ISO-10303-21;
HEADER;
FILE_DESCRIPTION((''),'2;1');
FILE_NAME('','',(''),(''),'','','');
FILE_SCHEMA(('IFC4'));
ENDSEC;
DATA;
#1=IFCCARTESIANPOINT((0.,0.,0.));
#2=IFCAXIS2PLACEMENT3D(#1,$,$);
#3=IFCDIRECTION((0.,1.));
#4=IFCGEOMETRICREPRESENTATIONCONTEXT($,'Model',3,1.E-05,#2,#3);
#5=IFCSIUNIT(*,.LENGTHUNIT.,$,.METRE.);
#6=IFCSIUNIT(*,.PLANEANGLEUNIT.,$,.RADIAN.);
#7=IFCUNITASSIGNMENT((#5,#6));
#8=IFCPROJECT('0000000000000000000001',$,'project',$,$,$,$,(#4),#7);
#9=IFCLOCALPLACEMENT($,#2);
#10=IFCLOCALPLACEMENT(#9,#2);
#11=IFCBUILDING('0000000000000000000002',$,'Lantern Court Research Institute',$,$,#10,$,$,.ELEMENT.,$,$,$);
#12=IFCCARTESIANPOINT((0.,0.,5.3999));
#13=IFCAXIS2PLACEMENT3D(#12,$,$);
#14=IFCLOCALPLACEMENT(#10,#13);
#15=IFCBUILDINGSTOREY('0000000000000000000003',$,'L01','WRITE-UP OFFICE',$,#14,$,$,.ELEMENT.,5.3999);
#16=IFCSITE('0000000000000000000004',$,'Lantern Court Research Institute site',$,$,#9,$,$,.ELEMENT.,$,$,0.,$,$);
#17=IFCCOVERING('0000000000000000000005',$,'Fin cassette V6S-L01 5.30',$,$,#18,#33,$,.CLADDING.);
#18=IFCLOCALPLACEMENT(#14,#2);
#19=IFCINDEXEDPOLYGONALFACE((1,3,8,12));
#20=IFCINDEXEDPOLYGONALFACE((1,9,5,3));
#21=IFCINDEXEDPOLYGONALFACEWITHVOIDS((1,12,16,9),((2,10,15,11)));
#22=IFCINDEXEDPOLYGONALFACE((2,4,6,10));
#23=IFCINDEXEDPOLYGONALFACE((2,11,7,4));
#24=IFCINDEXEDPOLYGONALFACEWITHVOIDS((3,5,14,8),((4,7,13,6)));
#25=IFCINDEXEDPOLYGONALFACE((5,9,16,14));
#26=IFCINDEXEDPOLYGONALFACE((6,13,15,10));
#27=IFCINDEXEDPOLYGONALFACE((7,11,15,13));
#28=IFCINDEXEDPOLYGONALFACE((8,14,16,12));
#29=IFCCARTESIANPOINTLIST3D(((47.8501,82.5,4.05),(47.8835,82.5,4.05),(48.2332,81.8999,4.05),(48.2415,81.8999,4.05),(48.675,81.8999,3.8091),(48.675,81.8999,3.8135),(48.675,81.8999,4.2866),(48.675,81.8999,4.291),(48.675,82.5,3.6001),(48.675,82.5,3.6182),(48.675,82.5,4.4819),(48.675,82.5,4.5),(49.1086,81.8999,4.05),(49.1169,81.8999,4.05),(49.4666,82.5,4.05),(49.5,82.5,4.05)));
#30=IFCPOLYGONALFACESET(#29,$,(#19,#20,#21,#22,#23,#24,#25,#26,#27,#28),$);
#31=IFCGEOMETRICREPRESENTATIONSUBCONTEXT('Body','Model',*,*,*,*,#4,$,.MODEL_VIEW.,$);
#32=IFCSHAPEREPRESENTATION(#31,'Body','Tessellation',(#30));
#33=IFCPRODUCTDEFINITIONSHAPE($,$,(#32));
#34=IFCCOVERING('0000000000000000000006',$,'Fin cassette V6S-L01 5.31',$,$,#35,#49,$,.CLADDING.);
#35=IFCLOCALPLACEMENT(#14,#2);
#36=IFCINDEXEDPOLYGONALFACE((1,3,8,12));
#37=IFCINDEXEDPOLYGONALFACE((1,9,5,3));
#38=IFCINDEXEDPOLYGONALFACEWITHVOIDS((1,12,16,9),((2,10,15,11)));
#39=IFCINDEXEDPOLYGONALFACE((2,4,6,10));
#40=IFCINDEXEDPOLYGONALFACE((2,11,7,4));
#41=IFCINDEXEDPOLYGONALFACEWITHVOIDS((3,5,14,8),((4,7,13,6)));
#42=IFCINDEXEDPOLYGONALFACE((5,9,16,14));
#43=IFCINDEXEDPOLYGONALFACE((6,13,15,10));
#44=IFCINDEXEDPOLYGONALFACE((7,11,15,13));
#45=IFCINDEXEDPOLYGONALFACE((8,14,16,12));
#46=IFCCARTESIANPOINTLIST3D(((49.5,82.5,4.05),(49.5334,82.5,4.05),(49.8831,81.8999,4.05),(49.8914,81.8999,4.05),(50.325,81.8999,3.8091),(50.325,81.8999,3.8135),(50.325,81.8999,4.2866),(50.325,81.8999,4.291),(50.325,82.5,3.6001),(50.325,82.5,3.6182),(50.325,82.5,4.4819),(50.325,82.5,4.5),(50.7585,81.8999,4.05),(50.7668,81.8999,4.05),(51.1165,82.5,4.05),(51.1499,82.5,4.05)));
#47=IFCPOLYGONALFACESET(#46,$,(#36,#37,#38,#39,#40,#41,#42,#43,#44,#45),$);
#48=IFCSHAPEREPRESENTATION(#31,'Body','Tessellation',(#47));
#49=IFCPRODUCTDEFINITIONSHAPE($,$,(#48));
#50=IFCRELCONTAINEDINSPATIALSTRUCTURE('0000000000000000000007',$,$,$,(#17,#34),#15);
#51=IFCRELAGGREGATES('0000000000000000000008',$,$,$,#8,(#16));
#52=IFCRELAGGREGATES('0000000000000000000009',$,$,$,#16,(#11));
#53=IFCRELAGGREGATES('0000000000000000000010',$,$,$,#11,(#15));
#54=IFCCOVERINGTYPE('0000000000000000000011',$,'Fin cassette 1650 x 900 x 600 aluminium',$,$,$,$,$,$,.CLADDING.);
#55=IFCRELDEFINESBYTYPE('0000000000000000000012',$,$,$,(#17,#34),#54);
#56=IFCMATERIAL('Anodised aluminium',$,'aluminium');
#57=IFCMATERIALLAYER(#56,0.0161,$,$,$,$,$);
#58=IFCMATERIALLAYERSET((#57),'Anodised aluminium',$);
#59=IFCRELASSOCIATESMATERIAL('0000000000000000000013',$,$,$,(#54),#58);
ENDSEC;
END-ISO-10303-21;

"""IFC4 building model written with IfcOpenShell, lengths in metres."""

from ifc_helpers import new_model, entity, si_unit, direction, frame, origin, place, context, subcontext, project, spatial, material, layer, layer_set, type_object, element, save


model = new_model("IFC4")

# Units and contexts
model_context = context("Model", 3, precision=1e-05, world=origin(), true_north=direction((0.0, 1.0)))
body_context = subcontext(model_context, "Body", "Model", "MODEL_VIEW")
ifc_project = project(units=[si_unit("LENGTHUNIT", "METRE"), si_unit("PLANEANGLEUNIT", "RADIAN")], contexts=[model_context])

# Site, building, storey
site_placement = place(None, origin())
site = spatial("IfcSite", under=ifc_project, at=site_placement, Name="Lantern Court Research Institute site", CompositionType="ELEMENT", RefElevation=0.0)
building_placement = place(site_placement, origin())
building = spatial("IfcBuilding", under=site, at=building_placement, Name="Lantern Court Research Institute", CompositionType="ELEMENT")
storey_placement = place(building_placement, frame((0.0, 0.0, 5.3999)))
storey = spatial("IfcBuildingStorey", under=building, at=storey_placement, Name="L01", Description="WRITE-UP OFFICE", CompositionType="ELEMENT", Elevation=5.3999)

# Coverings
ifc_material_1 = material(Name="Anodised aluminium", Category="aluminium")
ifc_layer_1 = layer(ifc_material_1, 0.0161)
ifc_layer_set_1 = layer_set([ifc_layer_1], Name="Anodised aluminium")
covering_type = type_object("IfcCoveringType", Name="Fin cassette 1650 x 900 x 600 aluminium", PredefinedType="CLADDING", material=ifc_layer_set_1)
covering_1_placement = place(storey_placement, frame((48.675, 82.5, 4.05), z_axis=(0.0, -1.0, 0.0), x_axis=(1.0, 0.0, 0.0)))
cartesian_point_1 = entity("IfcCartesianPoint", [0.825, 0.0])
cartesian_point_2 = entity("IfcCartesianPoint", [0.7915, 0.0])
cartesian_point_3 = entity("IfcCartesianPoint", [0.4419, 0.0])
cartesian_point_4 = entity("IfcCartesianPoint", [0.4336, 0.0])
element("IfcCovering", 1, at=covering_1_placement, inside=storey, type_object=covering_type, Name="Fin cassette V6S-L01 5.30", PredefinedType="CLADDING", context=body_context, shape_type="SweptSolid", body=[
    entity("IfcExtrudedAreaSolidTapered", entity("IfcArbitraryProfileDefWithVoids", "AREA", None, entity("IfcPolyline", [cartesian_point_1, entity("IfcCartesianPoint", [0.0, 0.45]), entity("IfcCartesianPoint", [-0.825, 0.0]), entity("IfcCartesianPoint", [0.0, -0.45]), cartesian_point_1]), [entity("IfcPolyline", [cartesian_point_2, entity("IfcCartesianPoint", [0.0, 0.4319]), entity("IfcCartesianPoint", [-0.7915, 0.0]), entity("IfcCartesianPoint", [0.0, -0.4319]), cartesian_point_2])]), entity("IfcAxis2Placement3D", entity("IfcCartesianPoint", [0.0, 0.0, 0.0])), entity("IfcDirection", [0.0, 0.0, 1.0]), 0.6001, entity("IfcArbitraryProfileDefWithVoids", "AREA", None, entity("IfcPolyline", [cartesian_point_3, entity("IfcCartesianPoint", [0.0, 0.241]), entity("IfcCartesianPoint", [-0.4419, 0.0]), entity("IfcCartesianPoint", [0.0, -0.241]), cartesian_point_3]), [entity("IfcPolyline", [cartesian_point_4, entity("IfcCartesianPoint", [0.0, 0.2366]), entity("IfcCartesianPoint", [-0.4336, 0.0]), entity("IfcCartesianPoint", [0.0, -0.2366]), cartesian_point_4])])),
])
covering_2_placement = place(storey_placement, frame((50.325, 82.5, 4.05), z_axis=(0.0, -1.0, 0.0), x_axis=(1.0, 0.0, 0.0)))
cartesian_point_5 = entity("IfcCartesianPoint", [0.825, 0.0])
cartesian_point_6 = entity("IfcCartesianPoint", [0.7915, 0.0])
cartesian_point_7 = entity("IfcCartesianPoint", [0.4419, 0.0])
cartesian_point_8 = entity("IfcCartesianPoint", [0.4336, 0.0])
element("IfcCovering", 2, at=covering_2_placement, inside=storey, type_object=covering_type, Name="Fin cassette V6S-L01 5.31", PredefinedType="CLADDING", context=body_context, shape_type="SweptSolid", body=[
    entity("IfcExtrudedAreaSolidTapered", entity("IfcArbitraryProfileDefWithVoids", "AREA", None, entity("IfcPolyline", [cartesian_point_5, entity("IfcCartesianPoint", [0.0, 0.45]), entity("IfcCartesianPoint", [-0.825, 0.0]), entity("IfcCartesianPoint", [0.0, -0.45]), cartesian_point_5]), [entity("IfcPolyline", [cartesian_point_6, entity("IfcCartesianPoint", [0.0, 0.4319]), entity("IfcCartesianPoint", [-0.7915, 0.0]), entity("IfcCartesianPoint", [0.0, -0.4319]), cartesian_point_6])]), entity("IfcAxis2Placement3D", entity("IfcCartesianPoint", [0.0, 0.0, 0.0])), entity("IfcDirection", [0.0, 0.0, 1.0]), 0.6001, entity("IfcArbitraryProfileDefWithVoids", "AREA", None, entity("IfcPolyline", [cartesian_point_7, entity("IfcCartesianPoint", [0.0, 0.241]), entity("IfcCartesianPoint", [-0.4419, 0.0]), entity("IfcCartesianPoint", [0.0, -0.241]), cartesian_point_7]), [entity("IfcPolyline", [cartesian_point_8, entity("IfcCartesianPoint", [0.0, 0.2366]), entity("IfcCartesianPoint", [-0.4336, 0.0]), entity("IfcCartesianPoint", [0.0, -0.2366]), cartesian_point_8])])),
])

save(model, "model.ifc")
